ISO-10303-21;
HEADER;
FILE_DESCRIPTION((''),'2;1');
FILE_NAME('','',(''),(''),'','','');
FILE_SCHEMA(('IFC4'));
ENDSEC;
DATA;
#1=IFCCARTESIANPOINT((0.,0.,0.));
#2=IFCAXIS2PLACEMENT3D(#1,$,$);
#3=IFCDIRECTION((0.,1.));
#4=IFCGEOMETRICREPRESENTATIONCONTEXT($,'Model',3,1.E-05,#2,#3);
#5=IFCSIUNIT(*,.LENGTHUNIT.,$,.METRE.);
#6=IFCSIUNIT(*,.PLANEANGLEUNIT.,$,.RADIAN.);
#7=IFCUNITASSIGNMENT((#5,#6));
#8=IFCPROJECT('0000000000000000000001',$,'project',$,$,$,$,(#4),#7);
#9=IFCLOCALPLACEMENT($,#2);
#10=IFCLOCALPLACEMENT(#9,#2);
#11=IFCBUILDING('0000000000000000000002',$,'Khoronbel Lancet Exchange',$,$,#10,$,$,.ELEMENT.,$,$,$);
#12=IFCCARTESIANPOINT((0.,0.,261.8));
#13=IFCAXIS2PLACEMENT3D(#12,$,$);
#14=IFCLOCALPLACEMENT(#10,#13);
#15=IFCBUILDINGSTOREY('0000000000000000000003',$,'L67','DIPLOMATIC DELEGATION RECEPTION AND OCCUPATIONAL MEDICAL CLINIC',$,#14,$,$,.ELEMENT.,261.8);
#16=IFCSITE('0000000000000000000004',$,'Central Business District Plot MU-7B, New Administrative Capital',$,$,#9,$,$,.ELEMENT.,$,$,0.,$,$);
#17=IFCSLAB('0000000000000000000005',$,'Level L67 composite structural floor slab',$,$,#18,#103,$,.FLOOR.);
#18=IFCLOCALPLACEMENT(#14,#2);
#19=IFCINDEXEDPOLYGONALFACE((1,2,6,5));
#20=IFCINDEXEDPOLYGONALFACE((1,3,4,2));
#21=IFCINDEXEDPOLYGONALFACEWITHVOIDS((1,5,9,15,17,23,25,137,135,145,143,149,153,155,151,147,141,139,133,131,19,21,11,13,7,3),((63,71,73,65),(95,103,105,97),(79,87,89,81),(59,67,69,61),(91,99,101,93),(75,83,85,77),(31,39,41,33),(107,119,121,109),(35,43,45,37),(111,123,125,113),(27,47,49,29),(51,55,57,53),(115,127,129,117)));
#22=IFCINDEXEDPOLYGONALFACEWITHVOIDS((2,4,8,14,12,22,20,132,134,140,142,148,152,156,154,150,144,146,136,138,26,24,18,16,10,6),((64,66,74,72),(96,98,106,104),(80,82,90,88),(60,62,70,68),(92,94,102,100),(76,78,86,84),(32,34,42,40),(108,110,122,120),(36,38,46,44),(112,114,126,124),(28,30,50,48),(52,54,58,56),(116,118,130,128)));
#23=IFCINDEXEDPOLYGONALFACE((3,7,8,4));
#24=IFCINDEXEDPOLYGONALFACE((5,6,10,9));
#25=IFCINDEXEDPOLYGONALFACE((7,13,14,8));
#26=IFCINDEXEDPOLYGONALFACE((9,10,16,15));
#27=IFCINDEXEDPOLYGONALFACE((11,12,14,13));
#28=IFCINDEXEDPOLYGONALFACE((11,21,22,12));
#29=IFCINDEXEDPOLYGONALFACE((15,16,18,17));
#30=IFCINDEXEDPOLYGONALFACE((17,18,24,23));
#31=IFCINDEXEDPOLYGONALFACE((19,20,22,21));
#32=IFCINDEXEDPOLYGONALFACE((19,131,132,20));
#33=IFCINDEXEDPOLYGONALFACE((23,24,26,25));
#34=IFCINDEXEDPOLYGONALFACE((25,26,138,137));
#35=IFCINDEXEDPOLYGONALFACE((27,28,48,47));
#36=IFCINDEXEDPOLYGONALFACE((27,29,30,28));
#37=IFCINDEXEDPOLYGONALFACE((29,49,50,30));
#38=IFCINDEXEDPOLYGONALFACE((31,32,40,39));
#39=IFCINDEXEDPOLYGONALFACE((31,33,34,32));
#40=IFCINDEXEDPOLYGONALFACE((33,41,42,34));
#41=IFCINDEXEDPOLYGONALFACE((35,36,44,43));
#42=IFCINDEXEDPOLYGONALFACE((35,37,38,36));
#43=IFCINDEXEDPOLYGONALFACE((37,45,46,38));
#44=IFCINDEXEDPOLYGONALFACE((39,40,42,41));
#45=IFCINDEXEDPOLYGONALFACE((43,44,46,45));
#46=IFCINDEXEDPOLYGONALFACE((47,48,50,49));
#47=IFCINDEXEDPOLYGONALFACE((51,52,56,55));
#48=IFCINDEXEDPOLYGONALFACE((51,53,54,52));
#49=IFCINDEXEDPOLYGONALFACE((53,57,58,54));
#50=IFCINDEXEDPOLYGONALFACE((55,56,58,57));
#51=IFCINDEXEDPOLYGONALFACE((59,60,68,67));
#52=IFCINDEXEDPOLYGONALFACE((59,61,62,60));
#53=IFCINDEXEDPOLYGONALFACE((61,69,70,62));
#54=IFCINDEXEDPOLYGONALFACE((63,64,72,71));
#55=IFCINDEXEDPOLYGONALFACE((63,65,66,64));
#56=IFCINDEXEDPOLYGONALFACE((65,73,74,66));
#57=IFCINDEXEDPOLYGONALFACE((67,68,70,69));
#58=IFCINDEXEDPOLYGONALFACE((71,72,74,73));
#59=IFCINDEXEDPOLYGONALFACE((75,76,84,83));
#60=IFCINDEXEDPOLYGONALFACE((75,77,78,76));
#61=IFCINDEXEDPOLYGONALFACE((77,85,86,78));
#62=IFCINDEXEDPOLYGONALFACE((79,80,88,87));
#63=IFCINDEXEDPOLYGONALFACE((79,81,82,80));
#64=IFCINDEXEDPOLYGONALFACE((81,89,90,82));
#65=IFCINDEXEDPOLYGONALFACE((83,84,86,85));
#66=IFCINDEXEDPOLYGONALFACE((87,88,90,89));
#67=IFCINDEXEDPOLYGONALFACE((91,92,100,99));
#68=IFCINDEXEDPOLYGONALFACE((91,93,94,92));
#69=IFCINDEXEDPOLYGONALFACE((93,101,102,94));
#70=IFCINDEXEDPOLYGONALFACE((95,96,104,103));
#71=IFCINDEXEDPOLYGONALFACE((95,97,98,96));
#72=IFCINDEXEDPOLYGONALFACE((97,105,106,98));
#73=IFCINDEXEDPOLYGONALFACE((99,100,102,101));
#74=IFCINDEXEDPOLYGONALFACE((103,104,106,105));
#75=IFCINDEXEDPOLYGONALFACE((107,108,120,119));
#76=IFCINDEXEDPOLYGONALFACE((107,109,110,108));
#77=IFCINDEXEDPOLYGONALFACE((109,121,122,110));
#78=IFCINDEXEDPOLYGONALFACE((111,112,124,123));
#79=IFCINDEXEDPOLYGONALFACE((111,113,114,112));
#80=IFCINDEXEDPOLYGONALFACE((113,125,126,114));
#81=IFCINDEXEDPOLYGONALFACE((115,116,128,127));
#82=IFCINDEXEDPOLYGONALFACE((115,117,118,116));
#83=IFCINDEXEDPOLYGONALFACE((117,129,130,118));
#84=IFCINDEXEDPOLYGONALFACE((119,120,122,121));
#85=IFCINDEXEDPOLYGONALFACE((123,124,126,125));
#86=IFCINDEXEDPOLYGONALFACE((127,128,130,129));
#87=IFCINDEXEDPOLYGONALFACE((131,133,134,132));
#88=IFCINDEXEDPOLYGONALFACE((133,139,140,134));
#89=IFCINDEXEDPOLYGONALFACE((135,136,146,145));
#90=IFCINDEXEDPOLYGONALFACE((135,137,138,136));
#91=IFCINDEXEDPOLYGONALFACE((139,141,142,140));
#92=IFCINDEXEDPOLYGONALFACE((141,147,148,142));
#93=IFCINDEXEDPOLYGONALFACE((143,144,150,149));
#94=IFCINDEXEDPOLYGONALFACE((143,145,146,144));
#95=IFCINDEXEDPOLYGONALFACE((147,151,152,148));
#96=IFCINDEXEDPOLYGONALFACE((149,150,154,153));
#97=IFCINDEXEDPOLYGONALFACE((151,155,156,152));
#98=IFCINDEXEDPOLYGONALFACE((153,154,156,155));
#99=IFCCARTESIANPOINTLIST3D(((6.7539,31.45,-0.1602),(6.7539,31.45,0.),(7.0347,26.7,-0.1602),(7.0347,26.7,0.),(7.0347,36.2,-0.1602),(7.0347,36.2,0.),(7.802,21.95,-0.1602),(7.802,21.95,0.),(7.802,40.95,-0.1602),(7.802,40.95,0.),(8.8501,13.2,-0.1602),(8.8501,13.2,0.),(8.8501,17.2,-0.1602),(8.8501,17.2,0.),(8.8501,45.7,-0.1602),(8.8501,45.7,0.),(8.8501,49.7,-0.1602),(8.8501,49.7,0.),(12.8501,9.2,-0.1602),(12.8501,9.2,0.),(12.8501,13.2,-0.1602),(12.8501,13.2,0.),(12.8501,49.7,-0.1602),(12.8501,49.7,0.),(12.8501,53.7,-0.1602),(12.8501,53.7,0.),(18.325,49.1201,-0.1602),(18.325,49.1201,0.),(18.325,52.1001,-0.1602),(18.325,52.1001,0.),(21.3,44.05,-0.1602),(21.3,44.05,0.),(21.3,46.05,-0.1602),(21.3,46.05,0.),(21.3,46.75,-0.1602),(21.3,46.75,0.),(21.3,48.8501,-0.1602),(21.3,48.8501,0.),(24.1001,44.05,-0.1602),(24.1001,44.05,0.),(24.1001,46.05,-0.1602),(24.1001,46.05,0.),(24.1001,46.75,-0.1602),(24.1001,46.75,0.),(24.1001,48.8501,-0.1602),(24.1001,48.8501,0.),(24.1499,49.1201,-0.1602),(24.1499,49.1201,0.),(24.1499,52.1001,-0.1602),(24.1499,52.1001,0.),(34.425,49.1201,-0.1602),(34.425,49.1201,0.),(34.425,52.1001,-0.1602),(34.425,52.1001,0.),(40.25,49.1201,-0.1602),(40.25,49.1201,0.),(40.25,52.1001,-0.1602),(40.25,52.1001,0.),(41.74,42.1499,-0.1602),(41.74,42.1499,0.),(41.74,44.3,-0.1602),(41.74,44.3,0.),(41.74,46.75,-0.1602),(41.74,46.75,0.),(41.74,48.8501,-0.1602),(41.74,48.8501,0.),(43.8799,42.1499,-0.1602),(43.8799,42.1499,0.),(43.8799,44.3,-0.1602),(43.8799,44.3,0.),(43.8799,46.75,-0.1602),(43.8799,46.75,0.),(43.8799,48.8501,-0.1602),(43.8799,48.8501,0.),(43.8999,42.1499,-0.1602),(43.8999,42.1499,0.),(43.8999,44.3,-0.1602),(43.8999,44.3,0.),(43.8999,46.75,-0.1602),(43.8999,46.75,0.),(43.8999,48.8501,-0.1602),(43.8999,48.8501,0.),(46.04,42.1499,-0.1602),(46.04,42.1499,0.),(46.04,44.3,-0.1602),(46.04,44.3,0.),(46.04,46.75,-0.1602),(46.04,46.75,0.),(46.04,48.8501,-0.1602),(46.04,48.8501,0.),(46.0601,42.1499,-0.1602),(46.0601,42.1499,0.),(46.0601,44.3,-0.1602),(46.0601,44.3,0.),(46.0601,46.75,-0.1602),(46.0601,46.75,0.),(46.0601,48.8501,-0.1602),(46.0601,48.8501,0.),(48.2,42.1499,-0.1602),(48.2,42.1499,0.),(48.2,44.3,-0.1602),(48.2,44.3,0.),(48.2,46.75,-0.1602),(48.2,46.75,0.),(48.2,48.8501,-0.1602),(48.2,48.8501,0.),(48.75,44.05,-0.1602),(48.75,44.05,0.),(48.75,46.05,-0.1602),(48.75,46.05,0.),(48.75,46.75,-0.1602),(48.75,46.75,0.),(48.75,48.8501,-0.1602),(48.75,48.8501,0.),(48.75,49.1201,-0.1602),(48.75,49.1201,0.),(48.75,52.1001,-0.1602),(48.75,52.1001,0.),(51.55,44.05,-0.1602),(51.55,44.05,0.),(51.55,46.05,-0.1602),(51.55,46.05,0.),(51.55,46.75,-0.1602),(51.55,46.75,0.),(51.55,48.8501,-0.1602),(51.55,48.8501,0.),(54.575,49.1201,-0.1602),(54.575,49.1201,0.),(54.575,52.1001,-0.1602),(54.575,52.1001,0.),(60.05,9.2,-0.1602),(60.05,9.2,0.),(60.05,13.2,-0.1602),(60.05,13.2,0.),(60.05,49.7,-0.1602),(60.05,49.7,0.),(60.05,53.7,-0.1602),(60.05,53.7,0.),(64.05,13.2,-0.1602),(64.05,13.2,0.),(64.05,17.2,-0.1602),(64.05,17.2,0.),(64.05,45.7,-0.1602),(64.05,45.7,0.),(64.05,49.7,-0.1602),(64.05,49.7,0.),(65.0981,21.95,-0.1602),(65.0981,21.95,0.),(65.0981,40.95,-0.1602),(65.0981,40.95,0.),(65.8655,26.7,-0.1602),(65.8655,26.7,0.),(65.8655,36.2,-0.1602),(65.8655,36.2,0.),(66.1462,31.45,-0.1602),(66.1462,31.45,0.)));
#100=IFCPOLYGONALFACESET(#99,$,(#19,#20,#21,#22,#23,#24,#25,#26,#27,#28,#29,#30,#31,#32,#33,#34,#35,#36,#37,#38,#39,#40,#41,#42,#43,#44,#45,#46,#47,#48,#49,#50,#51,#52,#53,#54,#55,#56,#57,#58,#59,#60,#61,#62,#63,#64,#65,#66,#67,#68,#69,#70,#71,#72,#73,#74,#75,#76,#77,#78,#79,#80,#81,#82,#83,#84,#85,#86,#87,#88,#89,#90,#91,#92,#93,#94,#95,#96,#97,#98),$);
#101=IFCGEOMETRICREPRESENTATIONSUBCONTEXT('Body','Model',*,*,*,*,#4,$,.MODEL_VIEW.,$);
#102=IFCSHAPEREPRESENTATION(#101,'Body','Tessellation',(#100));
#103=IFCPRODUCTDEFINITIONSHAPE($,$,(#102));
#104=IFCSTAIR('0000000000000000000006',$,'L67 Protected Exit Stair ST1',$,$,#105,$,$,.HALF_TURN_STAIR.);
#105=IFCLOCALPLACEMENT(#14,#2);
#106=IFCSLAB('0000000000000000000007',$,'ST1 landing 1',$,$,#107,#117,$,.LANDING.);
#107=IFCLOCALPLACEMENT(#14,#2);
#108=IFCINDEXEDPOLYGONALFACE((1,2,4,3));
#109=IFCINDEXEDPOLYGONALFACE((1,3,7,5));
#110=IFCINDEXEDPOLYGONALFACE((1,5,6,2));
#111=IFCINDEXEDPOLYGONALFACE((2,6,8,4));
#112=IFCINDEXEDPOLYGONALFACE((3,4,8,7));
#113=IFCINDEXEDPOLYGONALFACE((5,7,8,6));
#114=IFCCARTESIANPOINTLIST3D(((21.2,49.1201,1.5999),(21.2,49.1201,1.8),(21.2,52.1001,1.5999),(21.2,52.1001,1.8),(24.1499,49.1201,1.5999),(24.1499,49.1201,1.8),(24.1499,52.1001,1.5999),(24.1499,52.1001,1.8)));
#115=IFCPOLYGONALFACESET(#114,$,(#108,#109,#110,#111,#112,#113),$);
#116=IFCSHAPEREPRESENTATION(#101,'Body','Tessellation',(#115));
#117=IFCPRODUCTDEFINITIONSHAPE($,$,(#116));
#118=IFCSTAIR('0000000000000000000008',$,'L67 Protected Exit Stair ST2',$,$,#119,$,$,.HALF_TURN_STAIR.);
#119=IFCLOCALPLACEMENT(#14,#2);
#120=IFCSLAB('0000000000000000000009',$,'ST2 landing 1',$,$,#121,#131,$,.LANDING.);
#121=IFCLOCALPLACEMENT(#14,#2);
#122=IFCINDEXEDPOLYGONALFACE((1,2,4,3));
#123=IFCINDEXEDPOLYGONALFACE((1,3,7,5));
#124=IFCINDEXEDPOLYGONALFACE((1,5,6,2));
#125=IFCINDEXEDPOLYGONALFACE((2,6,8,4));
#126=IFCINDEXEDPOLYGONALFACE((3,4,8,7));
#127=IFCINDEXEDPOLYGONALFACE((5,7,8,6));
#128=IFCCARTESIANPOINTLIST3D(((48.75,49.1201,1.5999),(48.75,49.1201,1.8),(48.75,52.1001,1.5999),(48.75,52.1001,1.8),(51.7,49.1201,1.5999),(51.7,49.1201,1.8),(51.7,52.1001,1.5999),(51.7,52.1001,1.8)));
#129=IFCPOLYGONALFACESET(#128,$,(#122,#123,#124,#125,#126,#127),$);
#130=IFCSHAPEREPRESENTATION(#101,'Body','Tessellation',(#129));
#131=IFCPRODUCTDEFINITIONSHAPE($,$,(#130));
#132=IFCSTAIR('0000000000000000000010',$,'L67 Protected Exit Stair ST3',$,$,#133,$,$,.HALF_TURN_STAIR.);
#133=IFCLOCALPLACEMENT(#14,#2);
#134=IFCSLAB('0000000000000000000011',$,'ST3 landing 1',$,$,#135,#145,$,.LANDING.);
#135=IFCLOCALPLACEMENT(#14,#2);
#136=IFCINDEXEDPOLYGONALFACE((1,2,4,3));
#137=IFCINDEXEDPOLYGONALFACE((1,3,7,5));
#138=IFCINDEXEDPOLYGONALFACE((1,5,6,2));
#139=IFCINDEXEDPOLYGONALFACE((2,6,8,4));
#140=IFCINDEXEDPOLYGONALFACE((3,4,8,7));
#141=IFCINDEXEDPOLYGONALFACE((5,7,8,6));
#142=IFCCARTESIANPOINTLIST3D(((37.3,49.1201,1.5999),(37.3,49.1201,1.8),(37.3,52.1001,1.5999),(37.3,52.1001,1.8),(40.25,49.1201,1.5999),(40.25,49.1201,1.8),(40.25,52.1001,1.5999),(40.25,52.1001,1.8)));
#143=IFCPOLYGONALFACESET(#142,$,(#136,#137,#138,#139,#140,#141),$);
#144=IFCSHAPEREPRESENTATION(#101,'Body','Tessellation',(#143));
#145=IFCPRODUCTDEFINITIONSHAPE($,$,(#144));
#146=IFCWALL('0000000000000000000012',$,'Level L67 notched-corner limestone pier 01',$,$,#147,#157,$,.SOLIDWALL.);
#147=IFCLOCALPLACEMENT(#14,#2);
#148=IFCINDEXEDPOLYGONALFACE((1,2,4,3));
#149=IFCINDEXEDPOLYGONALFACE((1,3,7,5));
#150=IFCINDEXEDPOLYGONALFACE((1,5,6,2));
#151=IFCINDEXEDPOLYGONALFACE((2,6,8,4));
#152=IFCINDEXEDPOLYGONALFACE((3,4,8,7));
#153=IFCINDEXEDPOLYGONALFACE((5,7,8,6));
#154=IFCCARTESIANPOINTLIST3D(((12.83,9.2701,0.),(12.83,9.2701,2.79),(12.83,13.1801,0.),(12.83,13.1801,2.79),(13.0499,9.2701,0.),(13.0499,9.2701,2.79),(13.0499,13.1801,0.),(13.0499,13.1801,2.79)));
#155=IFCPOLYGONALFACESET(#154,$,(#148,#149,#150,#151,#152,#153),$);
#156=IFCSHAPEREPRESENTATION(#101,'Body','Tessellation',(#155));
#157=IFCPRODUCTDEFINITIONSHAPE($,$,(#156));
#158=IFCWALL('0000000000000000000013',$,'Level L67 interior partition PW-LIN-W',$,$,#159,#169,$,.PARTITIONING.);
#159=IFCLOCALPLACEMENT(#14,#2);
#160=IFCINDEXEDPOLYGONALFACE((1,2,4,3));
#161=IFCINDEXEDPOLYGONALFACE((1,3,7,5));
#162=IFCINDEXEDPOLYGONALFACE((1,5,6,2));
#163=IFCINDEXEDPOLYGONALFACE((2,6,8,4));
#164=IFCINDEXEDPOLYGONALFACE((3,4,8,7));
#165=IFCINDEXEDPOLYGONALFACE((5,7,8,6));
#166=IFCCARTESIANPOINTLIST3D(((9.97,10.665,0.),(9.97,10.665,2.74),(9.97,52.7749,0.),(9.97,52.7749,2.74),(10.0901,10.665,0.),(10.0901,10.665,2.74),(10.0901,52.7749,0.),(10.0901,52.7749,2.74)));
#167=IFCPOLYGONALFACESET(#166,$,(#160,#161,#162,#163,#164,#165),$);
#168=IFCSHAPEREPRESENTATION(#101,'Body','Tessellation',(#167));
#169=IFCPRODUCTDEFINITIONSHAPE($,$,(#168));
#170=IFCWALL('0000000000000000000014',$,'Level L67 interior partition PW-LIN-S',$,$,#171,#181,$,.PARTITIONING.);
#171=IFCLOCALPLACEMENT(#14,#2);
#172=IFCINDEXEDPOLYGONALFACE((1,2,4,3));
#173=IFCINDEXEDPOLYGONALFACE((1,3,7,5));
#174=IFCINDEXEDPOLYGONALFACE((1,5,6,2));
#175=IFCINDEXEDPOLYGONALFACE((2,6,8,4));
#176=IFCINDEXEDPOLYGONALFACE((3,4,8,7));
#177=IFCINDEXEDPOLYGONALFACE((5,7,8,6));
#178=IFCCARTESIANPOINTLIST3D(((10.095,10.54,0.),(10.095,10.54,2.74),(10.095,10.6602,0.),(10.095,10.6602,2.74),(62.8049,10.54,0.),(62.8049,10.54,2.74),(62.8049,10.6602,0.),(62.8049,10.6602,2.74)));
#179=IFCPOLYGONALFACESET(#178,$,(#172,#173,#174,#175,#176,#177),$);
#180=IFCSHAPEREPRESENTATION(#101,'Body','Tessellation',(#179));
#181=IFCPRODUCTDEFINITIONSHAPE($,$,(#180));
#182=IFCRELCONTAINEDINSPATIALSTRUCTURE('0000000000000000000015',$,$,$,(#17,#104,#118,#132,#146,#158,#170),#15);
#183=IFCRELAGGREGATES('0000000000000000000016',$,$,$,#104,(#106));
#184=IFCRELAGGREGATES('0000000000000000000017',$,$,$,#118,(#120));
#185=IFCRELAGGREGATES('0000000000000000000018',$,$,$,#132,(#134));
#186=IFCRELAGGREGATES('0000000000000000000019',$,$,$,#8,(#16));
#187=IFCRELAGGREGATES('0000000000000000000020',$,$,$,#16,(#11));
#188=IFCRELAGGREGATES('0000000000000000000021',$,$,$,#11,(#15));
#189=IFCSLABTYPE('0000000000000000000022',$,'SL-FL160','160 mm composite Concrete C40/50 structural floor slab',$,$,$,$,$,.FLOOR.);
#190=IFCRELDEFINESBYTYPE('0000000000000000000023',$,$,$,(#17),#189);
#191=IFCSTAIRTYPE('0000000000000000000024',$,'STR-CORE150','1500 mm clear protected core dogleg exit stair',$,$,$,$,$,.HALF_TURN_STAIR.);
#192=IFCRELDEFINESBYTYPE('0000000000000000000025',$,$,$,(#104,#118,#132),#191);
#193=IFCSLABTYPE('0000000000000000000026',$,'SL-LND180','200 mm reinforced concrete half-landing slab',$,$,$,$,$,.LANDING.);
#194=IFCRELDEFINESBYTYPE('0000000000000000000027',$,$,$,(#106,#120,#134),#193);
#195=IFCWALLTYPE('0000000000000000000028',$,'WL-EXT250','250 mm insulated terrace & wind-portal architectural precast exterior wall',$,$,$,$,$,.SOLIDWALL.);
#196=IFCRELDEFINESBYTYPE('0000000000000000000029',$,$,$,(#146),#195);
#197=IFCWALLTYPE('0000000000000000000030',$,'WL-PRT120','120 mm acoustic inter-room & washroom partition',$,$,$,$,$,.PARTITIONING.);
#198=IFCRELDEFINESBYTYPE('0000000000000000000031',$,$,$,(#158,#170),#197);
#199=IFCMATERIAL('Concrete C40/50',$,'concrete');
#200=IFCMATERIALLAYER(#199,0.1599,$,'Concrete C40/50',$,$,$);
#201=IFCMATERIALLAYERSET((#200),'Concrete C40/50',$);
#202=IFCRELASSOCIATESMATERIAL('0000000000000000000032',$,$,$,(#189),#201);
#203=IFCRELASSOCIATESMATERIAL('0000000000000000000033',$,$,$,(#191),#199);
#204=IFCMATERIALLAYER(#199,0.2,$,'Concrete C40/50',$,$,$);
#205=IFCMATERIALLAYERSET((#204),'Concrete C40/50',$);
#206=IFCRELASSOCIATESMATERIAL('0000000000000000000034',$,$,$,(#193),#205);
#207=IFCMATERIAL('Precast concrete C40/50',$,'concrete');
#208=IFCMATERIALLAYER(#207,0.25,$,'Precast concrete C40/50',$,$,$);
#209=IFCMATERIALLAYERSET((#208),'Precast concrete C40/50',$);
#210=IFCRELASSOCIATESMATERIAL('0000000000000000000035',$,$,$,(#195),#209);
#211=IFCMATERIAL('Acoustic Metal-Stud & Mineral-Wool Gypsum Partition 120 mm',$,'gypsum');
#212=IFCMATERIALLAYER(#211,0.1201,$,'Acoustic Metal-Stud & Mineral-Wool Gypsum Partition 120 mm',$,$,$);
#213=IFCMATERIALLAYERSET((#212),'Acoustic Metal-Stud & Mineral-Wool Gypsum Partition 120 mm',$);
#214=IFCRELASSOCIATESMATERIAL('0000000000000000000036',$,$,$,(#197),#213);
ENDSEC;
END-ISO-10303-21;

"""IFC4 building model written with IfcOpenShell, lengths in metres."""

from ifc_helpers import new_model, si_unit, direction, frame, frame_2d, origin, place, context, subcontext, project, spatial, polyline, rectangle, outline, extrude, material, layer, layer_set, type_object, element, aggregate, save


model = new_model("IFC4")

# Units and contexts
model_context = context("Model", 3, precision=1e-05, world=origin(), true_north=direction((0.0, 1.0)))
body_context = subcontext(model_context, "Body", "Model", "MODEL_VIEW")
ifc_project = project(units=[si_unit("LENGTHUNIT", "METRE"), si_unit("PLANEANGLEUNIT", "RADIAN")], contexts=[model_context])

# Site, building, storey
site_placement = place(None, origin())
site = spatial("IfcSite", under=ifc_project, at=site_placement, Name="Central Business District Plot MU-7B, New Administrative Capital", CompositionType="ELEMENT", RefElevation=0.0)
building_placement = place(site_placement, origin())
building = spatial("IfcBuilding", under=site, at=building_placement, Name="Khoronbel Lancet Exchange", CompositionType="ELEMENT")
storey_placement = place(building_placement, frame((0.0, 0.0, 261.8)))
storey = spatial("IfcBuildingStorey", under=building, at=storey_placement, Name="L67", Description="DIPLOMATIC DELEGATION RECEPTION AND OCCUPATIONAL MEDICAL CLINIC", CompositionType="ELEMENT", Elevation=261.8)

# Slab
ifc_material_1 = material(Name="Concrete C40/50", Category="concrete")
ifc_layer_1 = layer(ifc_material_1, 0.1599, Name="Concrete C40/50")
ifc_layer_set_1 = layer_set([ifc_layer_1], Name="Concrete C40/50")
slab_type_1 = type_object("IfcSlabType", Name="SL-FL160", Description="160 mm composite Concrete C40/50 structural floor slab", PredefinedType="FLOOR", material=ifc_layer_set_1)
slab_1_placement = place(storey_placement, frame((0.0, 0.0, -0.1602)))
element("IfcSlab", 1, at=slab_1_placement, inside=storey, type_object=slab_type_1, Name="Level L67 composite structural floor slab", PredefinedType="FLOOR", context=body_context, shape_type="SweptSolid", body=[
    extrude(outline(polyline([(12.8501, 9.2), (60.05, 9.2), (60.05, 13.2), (64.05, 13.2), (64.05, 17.2), (65.0981, 21.95), (65.8655, 26.7), (66.1462, 31.45), (65.8655, 36.2), (65.0981, 40.95), (64.05, 45.7), (64.05, 49.7), (60.05, 49.7), (60.05, 53.7), (12.8501, 53.7), (12.8501, 49.7), (8.8501, 49.7), (8.8501, 45.7), (7.802, 40.95), (7.0347, 36.2), (6.7539, 31.45), (7.0347, 26.7), (7.802, 21.95), (8.8501, 17.2), (8.8501, 13.2), (12.8501, 13.2), (12.8501, 9.2)]), holes=[polyline([(18.325, 49.1201), (24.1499, 49.1201), (24.1499, 52.1001), (18.325, 52.1001), (18.325, 49.1201)]), polyline([(48.75, 49.1201), (54.575, 49.1201), (54.575, 52.1001), (48.75, 52.1001), (48.75, 49.1201)]), polyline([(34.425, 49.1201), (40.25, 49.1201), (40.25, 52.1001), (34.425, 52.1001), (34.425, 49.1201)]), polyline([(41.74, 46.75), (43.8799, 46.75), (43.8799, 48.8501), (41.74, 48.8501), (41.74, 46.75)]), polyline([(43.8999, 46.75), (46.04, 46.75), (46.04, 48.8501), (43.8999, 48.8501), (43.8999, 46.75)]), polyline([(46.0601, 46.75), (48.2, 46.75), (48.2, 48.8501), (46.0601, 48.8501), (46.0601, 46.75)]), polyline([(41.74, 42.1499), (43.8799, 42.1499), (43.8799, 44.3), (41.74, 44.3), (41.74, 42.1499)]), polyline([(43.8999, 42.1499), (46.04, 42.1499), (46.04, 44.3), (43.8999, 44.3), (43.8999, 42.1499)]), polyline([(46.0601, 42.1499), (48.2, 42.1499), (48.2, 44.3), (46.0601, 44.3), (46.0601, 42.1499)]), polyline([(21.3, 46.75), (24.1001, 46.75), (24.1001, 48.8501), (21.3, 48.8501), (21.3, 46.75)]), polyline([(48.75, 46.75), (51.55, 46.75), (51.55, 48.8501), (48.75, 48.8501), (48.75, 46.75)]), polyline([(21.3, 44.05), (24.1001, 44.05), (24.1001, 46.05), (21.3, 46.05), (21.3, 44.05)]), polyline([(48.75, 44.05), (51.55, 44.05), (51.55, 46.05), (48.75, 46.05), (48.75, 44.05)])]), origin(), (0.0, 0.0, 1.0), 0.1602),
])

# Stairs, slabs
stair_type = type_object("IfcStairType", Name="STR-CORE150", Description="1500 mm clear protected core dogleg exit stair", PredefinedType="HALF_TURN_STAIR", material=ifc_material_1)
stair_1_placement = place(storey_placement, origin())
stair_1 = element("IfcStair", 2, at=stair_1_placement, inside=storey, type_object=stair_type, Name="L67 Protected Exit Stair ST1", PredefinedType="HALF_TURN_STAIR")
ifc_layer_2 = layer(ifc_material_1, 0.2, Name="Concrete C40/50")
ifc_layer_set_2 = layer_set([ifc_layer_2], Name="Concrete C40/50")
slab_type_2 = type_object("IfcSlabType", Name="SL-LND180", Description="200 mm reinforced concrete half-landing slab", PredefinedType="LANDING", material=ifc_layer_set_2)
slab_2_placement = place(storey_placement, frame((0.0, 0.0, 1.5999)))
slab_2 = element("IfcSlab", 3, at=slab_2_placement, type_object=slab_type_2, Name="ST1 landing 1", PredefinedType="LANDING", context=body_context, shape_type="SweptSolid", body=[
    extrude(outline(polyline([(21.2, 49.1201), (24.1499, 49.1201), (24.1499, 52.1001), (21.2, 52.1001), (21.2, 49.1201)])), origin(), (0.0, 0.0, 1.0), 0.2002),
])
aggregate(stair_1, [slab_2])
stair_2_placement = place(storey_placement, origin())
stair_2 = element("IfcStair", 4, at=stair_2_placement, inside=storey, type_object=stair_type, Name="L67 Protected Exit Stair ST2", PredefinedType="HALF_TURN_STAIR")
slab_3_placement = place(storey_placement, frame((0.0, 0.0, 1.5999)))
slab_3 = element("IfcSlab", 5, at=slab_3_placement, type_object=slab_type_2, Name="ST2 landing 1", PredefinedType="LANDING", context=body_context, shape_type="SweptSolid", body=[
    extrude(outline(polyline([(51.7, 52.1001), (48.75, 52.1001), (48.75, 49.1201), (51.7, 49.1201), (51.7, 52.1001)])), origin(), (0.0, 0.0, 1.0), 0.2002),
])
aggregate(stair_2, [slab_3])
stair_3_placement = place(storey_placement, origin())
stair_3 = element("IfcStair", 6, at=stair_3_placement, inside=storey, type_object=stair_type, Name="L67 Protected Exit Stair ST3", PredefinedType="HALF_TURN_STAIR")
slab_4_placement = place(storey_placement, frame((0.0, 0.0, 1.5999)))
slab_4 = element("IfcSlab", 7, at=slab_4_placement, type_object=slab_type_2, Name="ST3 landing 1", PredefinedType="LANDING", context=body_context, shape_type="SweptSolid", body=[
    extrude(outline(polyline([(37.3, 49.1201), (40.25, 49.1201), (40.25, 52.1001), (37.3, 52.1001), (37.3, 49.1201)])), origin(), (0.0, 0.0, 1.0), 0.2002),
])
aggregate(stair_3, [slab_4])

# Walls
ifc_material_2 = material(Name="Precast concrete C40/50", Category="concrete")
ifc_layer_3 = layer(ifc_material_2, 0.25, Name="Precast concrete C40/50")
ifc_layer_set_3 = layer_set([ifc_layer_3], Name="Precast concrete C40/50")
wall_type_1 = type_object("IfcWallType", Name="WL-EXT250", Description="250 mm insulated terrace & wind-portal architectural precast exterior wall", PredefinedType="SOLIDWALL", material=ifc_layer_set_3)
wall_1_placement = place(storey_placement, frame((12.9399, 9.27, 0.0), z_axis=(0.0, 0.0, 1.0), x_axis=(0.0, 1.0, 0.0)))
element("IfcWall", 8, at=wall_1_placement, inside=storey, type_object=wall_type_1, Name="Level L67 notched-corner limestone pier 01", PredefinedType="SOLIDWALL", context=body_context, shape_type="SweptSolid", body=[
    extrude(rectangle(XDim=3.9099, YDim=0.22, at=frame_2d((1.9551, 0.0))), origin(), (0.0, 0.0, 1.0), 2.79),
])
ifc_material_3 = material(Name="Acoustic Metal-Stud & Mineral-Wool Gypsum Partition 120 mm", Category="gypsum")
ifc_layer_4 = layer(ifc_material_3, 0.1201, Name="Acoustic Metal-Stud & Mineral-Wool Gypsum Partition 120 mm")
ifc_layer_set_4 = layer_set([ifc_layer_4], Name="Acoustic Metal-Stud & Mineral-Wool Gypsum Partition 120 mm")
wall_type_2 = type_object("IfcWallType", Name="WL-PRT120", Description="120 mm acoustic inter-room & washroom partition", PredefinedType="PARTITIONING", material=ifc_layer_set_4)
wall_2_placement = place(storey_placement, frame((10.03, 10.665, 0.0), z_axis=(0.0, 0.0, 1.0), x_axis=(0.0, 1.0, 0.0)))
element("IfcWall", 9, at=wall_2_placement, inside=storey, type_object=wall_type_2, Name="Level L67 interior partition PW-LIN-W", PredefinedType="PARTITIONING", context=body_context, shape_type="SweptSolid", body=[
    extrude(rectangle(XDim=42.1099, YDim=0.1201, at=frame_2d((21.0549, 0.0))), origin(), (0.0, 0.0, 1.0), 2.74),
])
wall_3_placement = place(storey_placement, frame((10.095, 10.6001, 0.0), z_axis=(0.0, 0.0, 1.0), x_axis=(1.0, 0.0, 0.0)))
element("IfcWall", 10, at=wall_3_placement, inside=storey, type_object=wall_type_2, Name="Level L67 interior partition PW-LIN-S", PredefinedType="PARTITIONING", context=body_context, shape_type="SweptSolid", body=[
    extrude(rectangle(XDim=52.71, YDim=0.1201, at=frame_2d((26.355, 0.0))), origin(), (0.0, 0.0, 1.0), 2.74),
])

save(model, "model.ifc")
